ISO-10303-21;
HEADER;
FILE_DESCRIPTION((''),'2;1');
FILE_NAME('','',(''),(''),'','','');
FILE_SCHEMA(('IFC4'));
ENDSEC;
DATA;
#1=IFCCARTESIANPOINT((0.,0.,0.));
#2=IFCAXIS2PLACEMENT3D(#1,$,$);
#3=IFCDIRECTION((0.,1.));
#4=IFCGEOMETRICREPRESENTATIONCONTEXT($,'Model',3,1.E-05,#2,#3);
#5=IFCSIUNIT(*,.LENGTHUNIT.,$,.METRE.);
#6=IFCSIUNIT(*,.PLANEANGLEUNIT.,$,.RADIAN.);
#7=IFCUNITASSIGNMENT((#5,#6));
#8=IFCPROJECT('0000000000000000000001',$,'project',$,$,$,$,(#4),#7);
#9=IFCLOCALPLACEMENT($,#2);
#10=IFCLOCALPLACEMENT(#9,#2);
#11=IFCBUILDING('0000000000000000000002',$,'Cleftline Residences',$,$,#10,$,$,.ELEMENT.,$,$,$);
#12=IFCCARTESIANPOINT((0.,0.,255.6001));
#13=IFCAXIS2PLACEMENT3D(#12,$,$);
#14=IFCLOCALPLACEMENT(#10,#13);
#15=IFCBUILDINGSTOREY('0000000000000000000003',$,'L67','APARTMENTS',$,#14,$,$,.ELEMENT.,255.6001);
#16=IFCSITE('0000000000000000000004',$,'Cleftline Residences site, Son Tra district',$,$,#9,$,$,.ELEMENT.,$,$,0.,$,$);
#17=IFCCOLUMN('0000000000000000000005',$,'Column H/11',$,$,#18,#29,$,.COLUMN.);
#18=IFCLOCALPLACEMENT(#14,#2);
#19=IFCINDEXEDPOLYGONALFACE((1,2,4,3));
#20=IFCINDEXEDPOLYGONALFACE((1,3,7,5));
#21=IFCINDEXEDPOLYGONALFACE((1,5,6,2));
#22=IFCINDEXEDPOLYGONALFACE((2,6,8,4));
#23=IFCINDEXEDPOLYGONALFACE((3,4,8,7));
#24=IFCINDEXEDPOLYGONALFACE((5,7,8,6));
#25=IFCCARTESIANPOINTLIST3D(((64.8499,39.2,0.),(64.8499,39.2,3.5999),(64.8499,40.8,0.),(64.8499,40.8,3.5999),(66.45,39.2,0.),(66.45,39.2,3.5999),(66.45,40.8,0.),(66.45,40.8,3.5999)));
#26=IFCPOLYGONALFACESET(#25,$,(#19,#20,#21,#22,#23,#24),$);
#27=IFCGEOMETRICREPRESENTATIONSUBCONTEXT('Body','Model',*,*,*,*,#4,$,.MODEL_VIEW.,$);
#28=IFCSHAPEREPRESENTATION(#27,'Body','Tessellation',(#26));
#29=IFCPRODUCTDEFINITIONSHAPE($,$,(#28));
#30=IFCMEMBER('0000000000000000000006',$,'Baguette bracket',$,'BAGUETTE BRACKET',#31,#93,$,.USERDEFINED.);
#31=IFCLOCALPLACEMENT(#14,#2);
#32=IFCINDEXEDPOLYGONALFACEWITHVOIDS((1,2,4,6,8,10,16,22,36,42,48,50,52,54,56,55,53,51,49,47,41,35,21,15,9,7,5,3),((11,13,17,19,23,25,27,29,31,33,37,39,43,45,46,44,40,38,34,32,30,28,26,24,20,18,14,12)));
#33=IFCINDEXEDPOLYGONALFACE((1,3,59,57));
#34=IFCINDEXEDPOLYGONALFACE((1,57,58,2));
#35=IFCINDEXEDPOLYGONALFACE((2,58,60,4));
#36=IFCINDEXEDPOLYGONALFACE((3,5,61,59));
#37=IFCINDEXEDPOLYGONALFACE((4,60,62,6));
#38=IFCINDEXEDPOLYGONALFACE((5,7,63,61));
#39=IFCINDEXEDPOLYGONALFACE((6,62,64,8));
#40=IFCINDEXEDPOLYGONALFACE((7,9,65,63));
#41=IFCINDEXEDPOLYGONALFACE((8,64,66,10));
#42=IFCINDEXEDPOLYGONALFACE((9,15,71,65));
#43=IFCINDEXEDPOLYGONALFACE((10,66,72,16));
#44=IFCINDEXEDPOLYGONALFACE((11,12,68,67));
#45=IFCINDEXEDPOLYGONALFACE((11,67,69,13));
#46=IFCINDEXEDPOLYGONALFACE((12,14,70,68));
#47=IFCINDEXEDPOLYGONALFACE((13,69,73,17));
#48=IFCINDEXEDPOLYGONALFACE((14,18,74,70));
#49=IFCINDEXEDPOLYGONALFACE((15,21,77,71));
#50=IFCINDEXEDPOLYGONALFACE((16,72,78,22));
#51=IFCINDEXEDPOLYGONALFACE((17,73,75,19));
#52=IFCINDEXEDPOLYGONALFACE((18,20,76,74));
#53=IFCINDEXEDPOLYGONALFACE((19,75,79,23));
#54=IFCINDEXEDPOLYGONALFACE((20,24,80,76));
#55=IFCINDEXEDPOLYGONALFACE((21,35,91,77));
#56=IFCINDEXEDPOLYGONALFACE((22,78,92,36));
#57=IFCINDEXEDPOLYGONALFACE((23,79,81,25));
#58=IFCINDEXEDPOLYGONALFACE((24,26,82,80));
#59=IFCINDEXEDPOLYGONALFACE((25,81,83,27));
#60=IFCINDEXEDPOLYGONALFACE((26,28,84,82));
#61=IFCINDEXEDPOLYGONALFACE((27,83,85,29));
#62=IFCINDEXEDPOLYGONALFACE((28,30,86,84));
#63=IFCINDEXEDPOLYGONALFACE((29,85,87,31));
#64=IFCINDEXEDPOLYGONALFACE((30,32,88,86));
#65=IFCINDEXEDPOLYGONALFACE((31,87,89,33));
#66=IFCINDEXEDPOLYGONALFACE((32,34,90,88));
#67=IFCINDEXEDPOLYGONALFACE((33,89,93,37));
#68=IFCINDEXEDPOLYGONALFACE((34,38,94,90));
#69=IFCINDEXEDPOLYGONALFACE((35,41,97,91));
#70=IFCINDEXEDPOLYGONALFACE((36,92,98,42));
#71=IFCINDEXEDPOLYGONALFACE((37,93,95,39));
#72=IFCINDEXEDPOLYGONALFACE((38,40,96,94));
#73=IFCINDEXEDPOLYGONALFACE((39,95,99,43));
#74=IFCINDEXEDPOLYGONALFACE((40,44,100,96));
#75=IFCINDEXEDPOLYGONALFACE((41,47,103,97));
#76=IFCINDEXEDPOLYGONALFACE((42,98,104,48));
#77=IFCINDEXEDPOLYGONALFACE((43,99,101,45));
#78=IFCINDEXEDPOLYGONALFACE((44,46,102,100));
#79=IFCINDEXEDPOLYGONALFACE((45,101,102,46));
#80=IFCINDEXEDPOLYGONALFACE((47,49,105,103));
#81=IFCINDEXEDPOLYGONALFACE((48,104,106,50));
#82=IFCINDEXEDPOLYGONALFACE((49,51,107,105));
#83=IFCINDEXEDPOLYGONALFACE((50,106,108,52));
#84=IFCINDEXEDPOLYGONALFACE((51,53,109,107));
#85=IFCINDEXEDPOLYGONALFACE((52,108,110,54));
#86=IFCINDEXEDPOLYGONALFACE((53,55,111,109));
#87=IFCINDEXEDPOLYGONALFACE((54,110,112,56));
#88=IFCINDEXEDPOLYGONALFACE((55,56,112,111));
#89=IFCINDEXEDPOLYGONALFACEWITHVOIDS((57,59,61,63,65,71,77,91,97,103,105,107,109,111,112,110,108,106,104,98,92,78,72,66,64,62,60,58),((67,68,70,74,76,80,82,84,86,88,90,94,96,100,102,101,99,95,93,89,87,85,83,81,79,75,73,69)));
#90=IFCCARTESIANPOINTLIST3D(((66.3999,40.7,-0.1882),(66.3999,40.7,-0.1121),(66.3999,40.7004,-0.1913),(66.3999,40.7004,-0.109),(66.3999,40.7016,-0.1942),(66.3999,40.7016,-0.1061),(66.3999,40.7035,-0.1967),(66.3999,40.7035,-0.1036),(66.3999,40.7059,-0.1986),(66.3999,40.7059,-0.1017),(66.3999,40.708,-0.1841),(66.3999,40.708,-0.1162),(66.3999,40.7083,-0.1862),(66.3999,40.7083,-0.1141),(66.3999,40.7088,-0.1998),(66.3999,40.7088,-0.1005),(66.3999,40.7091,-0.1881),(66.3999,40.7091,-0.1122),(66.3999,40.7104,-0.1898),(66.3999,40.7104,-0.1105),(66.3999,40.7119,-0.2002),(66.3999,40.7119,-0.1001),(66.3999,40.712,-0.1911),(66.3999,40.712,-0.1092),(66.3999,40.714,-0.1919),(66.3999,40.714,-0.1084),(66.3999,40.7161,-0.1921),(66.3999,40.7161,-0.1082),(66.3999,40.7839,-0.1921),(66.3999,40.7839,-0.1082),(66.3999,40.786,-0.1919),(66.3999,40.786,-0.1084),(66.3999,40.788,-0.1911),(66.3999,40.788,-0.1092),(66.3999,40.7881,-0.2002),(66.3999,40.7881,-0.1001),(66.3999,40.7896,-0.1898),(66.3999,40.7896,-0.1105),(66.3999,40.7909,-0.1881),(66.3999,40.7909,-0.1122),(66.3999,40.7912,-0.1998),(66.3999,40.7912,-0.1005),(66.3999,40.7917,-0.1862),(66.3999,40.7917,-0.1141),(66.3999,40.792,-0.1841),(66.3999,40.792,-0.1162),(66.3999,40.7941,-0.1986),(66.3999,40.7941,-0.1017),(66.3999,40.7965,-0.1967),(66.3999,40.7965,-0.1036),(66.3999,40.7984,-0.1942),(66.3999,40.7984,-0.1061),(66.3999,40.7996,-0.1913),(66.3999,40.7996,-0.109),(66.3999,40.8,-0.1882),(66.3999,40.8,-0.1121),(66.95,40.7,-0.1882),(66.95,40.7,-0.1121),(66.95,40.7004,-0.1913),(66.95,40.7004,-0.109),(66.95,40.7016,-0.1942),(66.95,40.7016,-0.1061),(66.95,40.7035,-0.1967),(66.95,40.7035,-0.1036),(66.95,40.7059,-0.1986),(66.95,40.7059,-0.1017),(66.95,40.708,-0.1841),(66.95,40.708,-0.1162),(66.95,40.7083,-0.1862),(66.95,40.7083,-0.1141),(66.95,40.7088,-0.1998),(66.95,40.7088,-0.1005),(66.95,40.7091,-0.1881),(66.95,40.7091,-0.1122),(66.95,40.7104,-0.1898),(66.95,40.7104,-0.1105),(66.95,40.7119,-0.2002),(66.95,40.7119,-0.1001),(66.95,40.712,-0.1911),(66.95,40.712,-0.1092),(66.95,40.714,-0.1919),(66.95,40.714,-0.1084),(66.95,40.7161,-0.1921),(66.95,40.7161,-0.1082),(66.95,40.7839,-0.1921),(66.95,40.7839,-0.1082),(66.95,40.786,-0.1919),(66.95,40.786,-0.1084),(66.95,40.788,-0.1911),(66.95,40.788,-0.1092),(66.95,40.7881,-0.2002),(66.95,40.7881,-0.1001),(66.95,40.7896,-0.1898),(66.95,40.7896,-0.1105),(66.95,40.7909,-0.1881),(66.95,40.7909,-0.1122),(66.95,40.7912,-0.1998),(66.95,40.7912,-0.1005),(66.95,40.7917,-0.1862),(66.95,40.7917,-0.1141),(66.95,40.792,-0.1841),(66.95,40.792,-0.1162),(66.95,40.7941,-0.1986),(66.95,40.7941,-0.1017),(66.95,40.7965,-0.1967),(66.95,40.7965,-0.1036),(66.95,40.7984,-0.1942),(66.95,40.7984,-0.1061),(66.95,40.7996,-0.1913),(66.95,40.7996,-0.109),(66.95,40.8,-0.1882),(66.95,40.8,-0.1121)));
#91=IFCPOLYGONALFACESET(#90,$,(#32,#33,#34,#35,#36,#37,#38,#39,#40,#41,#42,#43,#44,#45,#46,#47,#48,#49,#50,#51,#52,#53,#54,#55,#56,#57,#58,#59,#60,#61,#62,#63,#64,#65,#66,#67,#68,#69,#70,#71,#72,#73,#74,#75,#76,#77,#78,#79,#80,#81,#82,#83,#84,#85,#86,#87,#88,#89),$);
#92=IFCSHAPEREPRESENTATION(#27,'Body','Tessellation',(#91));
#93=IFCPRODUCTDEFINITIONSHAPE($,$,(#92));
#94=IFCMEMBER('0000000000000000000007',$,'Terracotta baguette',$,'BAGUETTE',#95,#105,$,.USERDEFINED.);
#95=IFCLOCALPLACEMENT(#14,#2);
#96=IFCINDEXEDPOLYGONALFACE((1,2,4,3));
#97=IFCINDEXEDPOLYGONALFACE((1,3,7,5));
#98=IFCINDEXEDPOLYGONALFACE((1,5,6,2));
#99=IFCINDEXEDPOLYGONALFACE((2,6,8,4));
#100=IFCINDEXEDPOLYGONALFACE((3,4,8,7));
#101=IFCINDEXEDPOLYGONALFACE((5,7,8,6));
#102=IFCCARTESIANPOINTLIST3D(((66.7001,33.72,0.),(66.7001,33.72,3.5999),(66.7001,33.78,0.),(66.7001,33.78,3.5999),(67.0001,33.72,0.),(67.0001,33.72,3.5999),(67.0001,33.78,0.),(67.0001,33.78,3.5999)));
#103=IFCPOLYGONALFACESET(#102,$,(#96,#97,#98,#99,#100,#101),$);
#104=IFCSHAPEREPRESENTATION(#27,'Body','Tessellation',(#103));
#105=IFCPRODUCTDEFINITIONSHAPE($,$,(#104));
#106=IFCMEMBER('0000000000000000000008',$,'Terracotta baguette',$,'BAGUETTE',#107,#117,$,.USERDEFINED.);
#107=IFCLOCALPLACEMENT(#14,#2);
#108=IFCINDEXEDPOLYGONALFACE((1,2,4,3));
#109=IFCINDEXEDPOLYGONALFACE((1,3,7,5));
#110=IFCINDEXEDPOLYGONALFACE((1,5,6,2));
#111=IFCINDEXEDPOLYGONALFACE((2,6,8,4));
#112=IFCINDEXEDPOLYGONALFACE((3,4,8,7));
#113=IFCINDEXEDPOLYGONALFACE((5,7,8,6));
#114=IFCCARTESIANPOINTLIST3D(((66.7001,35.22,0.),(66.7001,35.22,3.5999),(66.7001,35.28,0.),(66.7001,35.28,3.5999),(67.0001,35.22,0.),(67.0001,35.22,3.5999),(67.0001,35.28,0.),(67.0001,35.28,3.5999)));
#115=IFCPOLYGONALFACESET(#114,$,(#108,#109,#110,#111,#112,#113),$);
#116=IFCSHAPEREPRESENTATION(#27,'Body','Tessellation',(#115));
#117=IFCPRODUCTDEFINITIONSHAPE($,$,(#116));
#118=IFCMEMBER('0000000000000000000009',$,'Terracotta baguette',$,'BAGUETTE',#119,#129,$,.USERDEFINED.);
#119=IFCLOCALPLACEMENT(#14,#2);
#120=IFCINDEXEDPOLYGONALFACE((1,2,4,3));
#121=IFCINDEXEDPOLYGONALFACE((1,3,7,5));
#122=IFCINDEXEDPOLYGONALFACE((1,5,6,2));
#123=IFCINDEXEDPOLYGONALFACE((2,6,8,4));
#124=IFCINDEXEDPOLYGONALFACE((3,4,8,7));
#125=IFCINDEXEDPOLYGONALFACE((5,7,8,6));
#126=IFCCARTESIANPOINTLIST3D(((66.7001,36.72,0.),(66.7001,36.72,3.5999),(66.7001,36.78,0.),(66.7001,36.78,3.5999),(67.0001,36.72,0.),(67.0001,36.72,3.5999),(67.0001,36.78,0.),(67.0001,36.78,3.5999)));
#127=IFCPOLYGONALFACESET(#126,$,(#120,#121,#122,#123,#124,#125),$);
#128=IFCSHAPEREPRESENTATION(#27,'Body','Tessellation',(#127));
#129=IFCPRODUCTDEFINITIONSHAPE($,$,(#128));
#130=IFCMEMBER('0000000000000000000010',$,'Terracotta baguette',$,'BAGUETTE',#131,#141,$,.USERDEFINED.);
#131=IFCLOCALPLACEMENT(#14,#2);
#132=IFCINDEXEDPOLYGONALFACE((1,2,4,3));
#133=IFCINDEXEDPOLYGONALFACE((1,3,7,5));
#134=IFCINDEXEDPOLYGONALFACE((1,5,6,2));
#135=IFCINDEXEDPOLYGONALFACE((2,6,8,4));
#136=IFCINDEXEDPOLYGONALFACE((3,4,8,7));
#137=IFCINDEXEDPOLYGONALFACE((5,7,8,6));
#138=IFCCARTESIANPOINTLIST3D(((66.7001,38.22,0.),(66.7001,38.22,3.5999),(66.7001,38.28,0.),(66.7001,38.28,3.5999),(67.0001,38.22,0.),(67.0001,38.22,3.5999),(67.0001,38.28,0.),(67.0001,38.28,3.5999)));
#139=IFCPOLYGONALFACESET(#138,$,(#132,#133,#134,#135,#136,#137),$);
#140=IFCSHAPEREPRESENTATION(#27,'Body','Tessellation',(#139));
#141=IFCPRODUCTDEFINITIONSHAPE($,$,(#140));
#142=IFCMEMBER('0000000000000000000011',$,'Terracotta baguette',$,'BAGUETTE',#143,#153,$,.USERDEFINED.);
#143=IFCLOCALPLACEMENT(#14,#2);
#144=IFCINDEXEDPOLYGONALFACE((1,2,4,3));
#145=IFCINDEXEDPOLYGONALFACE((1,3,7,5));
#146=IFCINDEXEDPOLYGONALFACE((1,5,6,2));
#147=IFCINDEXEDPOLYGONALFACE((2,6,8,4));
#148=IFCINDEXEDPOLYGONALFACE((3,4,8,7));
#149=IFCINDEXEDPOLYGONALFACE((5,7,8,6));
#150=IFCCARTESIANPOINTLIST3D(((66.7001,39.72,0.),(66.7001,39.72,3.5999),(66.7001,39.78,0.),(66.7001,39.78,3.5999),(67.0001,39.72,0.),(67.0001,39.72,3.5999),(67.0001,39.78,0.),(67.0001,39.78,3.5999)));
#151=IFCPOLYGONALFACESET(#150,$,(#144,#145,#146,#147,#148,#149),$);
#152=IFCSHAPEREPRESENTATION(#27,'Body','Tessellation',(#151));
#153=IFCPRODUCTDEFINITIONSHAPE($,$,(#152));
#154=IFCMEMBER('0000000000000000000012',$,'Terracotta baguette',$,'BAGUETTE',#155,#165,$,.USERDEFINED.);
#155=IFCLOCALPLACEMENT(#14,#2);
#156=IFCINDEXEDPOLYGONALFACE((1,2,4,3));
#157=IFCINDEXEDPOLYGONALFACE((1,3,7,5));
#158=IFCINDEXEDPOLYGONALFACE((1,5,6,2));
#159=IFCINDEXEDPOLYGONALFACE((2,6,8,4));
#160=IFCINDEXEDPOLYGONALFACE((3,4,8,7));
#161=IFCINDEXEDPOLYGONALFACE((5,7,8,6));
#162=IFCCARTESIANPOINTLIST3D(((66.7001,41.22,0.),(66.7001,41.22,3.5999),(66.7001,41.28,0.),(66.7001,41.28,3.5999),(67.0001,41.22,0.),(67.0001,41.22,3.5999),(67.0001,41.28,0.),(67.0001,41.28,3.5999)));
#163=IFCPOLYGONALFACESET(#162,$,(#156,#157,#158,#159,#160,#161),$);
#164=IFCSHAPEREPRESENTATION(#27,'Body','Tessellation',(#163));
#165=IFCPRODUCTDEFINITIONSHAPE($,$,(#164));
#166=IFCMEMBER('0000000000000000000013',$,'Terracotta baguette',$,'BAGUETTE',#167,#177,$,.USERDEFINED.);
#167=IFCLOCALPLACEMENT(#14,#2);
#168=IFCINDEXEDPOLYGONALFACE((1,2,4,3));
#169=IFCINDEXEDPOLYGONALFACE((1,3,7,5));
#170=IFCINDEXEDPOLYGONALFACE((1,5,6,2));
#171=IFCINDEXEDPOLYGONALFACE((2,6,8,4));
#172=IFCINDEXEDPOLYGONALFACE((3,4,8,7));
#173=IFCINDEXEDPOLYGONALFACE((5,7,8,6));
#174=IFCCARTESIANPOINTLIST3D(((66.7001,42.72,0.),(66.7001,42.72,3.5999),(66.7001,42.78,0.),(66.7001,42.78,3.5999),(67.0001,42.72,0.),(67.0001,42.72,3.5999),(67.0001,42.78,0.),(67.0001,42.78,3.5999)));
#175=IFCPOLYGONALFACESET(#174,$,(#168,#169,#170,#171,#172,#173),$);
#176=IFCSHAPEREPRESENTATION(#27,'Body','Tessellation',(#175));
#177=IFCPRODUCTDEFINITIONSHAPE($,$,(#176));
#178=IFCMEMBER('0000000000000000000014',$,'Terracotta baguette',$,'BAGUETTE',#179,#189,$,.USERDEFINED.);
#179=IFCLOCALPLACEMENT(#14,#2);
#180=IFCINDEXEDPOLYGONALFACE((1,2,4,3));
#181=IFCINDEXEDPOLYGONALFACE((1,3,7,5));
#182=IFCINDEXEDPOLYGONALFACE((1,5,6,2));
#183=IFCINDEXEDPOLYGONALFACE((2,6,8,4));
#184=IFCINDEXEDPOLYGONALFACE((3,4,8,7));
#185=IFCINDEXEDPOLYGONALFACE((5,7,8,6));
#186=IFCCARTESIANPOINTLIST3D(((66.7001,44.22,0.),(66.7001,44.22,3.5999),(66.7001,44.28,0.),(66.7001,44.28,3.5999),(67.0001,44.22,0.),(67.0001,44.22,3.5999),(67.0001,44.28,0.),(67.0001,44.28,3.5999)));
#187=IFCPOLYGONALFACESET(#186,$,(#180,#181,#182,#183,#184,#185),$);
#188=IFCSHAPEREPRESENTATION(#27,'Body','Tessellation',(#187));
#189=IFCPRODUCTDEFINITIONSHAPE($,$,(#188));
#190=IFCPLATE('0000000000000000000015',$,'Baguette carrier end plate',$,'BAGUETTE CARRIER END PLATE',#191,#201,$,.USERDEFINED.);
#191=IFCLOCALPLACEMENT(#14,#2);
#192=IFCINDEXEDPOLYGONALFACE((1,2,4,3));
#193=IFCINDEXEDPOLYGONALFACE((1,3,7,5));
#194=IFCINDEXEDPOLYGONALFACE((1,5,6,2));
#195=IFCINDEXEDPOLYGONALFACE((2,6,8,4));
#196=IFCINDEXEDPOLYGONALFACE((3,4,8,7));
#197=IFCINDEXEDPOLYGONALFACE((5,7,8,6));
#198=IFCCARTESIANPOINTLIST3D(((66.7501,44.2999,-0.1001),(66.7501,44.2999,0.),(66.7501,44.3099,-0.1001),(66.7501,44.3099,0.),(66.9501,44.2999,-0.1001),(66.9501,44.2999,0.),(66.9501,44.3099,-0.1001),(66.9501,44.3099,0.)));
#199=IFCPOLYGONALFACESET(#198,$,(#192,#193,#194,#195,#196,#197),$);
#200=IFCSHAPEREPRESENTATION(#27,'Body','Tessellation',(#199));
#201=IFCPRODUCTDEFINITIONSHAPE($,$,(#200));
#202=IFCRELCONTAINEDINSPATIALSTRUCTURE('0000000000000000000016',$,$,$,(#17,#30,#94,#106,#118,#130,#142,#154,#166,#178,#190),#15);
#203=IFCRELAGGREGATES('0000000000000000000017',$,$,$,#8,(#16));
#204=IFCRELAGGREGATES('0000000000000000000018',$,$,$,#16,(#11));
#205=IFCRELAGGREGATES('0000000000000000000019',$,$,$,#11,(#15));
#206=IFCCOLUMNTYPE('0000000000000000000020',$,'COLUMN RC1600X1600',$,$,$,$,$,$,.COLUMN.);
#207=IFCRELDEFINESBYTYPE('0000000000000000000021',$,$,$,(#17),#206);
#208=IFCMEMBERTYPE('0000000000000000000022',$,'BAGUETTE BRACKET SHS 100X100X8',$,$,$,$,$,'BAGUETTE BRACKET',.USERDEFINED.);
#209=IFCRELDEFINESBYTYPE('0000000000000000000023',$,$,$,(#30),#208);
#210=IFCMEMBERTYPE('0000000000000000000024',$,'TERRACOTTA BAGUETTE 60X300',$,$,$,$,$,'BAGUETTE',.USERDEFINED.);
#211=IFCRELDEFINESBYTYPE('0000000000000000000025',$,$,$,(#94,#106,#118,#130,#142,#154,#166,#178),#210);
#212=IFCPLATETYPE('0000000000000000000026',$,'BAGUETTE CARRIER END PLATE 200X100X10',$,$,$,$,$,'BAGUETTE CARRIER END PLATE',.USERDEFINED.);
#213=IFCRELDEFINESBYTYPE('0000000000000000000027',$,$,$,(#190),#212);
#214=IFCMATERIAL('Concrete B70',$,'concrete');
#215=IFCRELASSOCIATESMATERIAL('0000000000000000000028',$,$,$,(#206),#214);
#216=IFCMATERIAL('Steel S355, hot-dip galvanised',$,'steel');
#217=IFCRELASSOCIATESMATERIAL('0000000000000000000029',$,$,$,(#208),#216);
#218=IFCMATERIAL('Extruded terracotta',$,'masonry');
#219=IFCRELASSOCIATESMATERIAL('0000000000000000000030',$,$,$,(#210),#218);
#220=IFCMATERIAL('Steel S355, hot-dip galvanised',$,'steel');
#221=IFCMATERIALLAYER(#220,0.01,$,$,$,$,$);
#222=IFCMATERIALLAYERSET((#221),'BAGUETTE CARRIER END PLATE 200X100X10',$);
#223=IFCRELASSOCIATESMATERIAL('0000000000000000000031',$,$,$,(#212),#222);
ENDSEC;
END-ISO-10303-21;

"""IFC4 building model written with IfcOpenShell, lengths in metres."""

from ifc_helpers import new_model, si_unit, direction, frame, origin, origin_2d, place, context, subcontext, project, spatial, rectangle, hollow_rectangle, extrude, material, layer, layer_set, material_profile, profile_set, type_object, element, save


model = new_model("IFC4")

# Units and contexts
model_context = context("Model", 3, precision=1e-05, world=origin(), true_north=direction((0.0, 1.0)))
body_context = subcontext(model_context, "Body", "Model", "MODEL_VIEW")
ifc_project = project(units=[si_unit("LENGTHUNIT", "METRE"), si_unit("PLANEANGLEUNIT", "RADIAN")], contexts=[model_context])

# Site, building, storey
site_placement = place(None, origin())
site = spatial("IfcSite", under=ifc_project, at=site_placement, Name="Cleftline Residences site, Son Tra district", CompositionType="ELEMENT", RefElevation=0.0)
building_placement = place(site_placement, origin())
building = spatial("IfcBuilding", under=site, at=building_placement, Name="Cleftline Residences", CompositionType="ELEMENT")
storey_placement = place(building_placement, frame((0.0, 0.0, 255.6001)))
storey = spatial("IfcBuildingStorey", under=building, at=storey_placement, Name="L67", Description="APARTMENTS", CompositionType="ELEMENT", Elevation=255.6001)

# Column
ifc_material_1 = material(Name="Concrete B70", Category="concrete")
ifc_material_profile_1 = material_profile(ifc_material_1, rectangle(XDim=1.6001, YDim=1.6001, at=origin_2d()))
ifc_profile_set_1 = profile_set([ifc_material_profile_1], Name="Concrete B70")
column_type = type_object("IfcColumnType", Name="COLUMN RC1600X1600", PredefinedType="COLUMN", material=ifc_profile_set_1)
column_placement = place(storey_placement, frame((65.6499, 40.0, 0.0), z_axis=(0.0, 0.0, 1.0), x_axis=(1.0, 0.0, 0.0)))
element("IfcColumn", 1, at=column_placement, inside=storey, type_object=column_type, Name="Column H/11", PredefinedType="COLUMN", context=body_context, shape_type="SweptSolid", body=[
    extrude(rectangle(XDim=1.6001, YDim=1.6001, at=origin_2d()), origin(), (0.0, 0.0, 1.0), 3.5999),
])

# Members
ifc_material_2 = material(Name="Steel S355, hot-dip galvanised", Category="steel")
ifc_material_profile_2 = material_profile(ifc_material_2, hollow_rectangle(XDim=0.1001, YDim=0.1001, WallThickness=0.0081, InnerFilletRadius=0.0081, OuterFilletRadius=0.012, at=origin_2d()))
ifc_profile_set_2 = profile_set([ifc_material_profile_2], Name="Steel S355, hot-dip galvanised")
member_type_1 = type_object("IfcMemberType", Name="BAGUETTE BRACKET SHS 100X100X8", ElementType="BAGUETTE BRACKET", PredefinedType="USERDEFINED", material=ifc_profile_set_2)
member_placement = place(storey_placement, frame((66.3999, 40.75, -0.1501), z_axis=(1.0, 0.0, 0.0), x_axis=(0.0, 1.0, 0.0)))
element("IfcMember", 2, at=member_placement, inside=storey, type_object=member_type_1, Name="Baguette bracket", ObjectType="BAGUETTE BRACKET", PredefinedType="USERDEFINED", context=body_context, shape_type="SweptSolid", body=[
    extrude(hollow_rectangle(XDim=0.1001, YDim=0.1001, WallThickness=0.0081, InnerFilletRadius=0.0081, OuterFilletRadius=0.012, at=origin_2d()), origin(), (0.0, 0.0, 1.0), 0.55),
])
ifc_material_3 = material(Name="Extruded terracotta", Category="masonry")
ifc_material_profile_3 = material_profile(ifc_material_3, rectangle(XDim=0.0601, YDim=0.3, at=origin_2d()))
ifc_profile_set_3 = profile_set([ifc_material_profile_3], Name="Extruded terracotta")
member_type_2 = type_object("IfcMemberType", Name="TERRACOTTA BAGUETTE 60X300", ElementType="BAGUETTE", PredefinedType="USERDEFINED", material=ifc_profile_set_3)
for number, where, z_axis, x_axis, name in (
    (3, (66.8501, 33.75, 0.0), (0.0, 0.0, 1.0), (0.0, 1.0, 0.0), "Terracotta baguette"),
    (4, (66.8501, 35.25, 0.0), (0.0, 0.0, 1.0), (0.0, 1.0, 0.0), "Terracotta baguette"),
    (5, (66.8501, 36.75, 0.0), (0.0, 0.0, 1.0), (0.0, 1.0, 0.0), "Terracotta baguette"),
    (6, (66.8501, 38.25, 0.0), (0.0, 0.0, 1.0), (0.0, 1.0, 0.0), "Terracotta baguette"),
    (7, (66.8501, 39.75, 0.0), (0.0, 0.0, 1.0), (0.0, 1.0, 0.0), "Terracotta baguette"),
    (8, (66.8501, 41.25, 0.0), (0.0, 0.0, 1.0), (0.0, 1.0, 0.0), "Terracotta baguette"),
    (9, (66.8501, 42.75, 0.0), (0.0, 0.0, 1.0), (0.0, 1.0, 0.0), "Terracotta baguette"),
    (10, (66.8501, 44.25, 0.0), (0.0, 0.0, 1.0), (0.0, 1.0, 0.0), "Terracotta baguette"),
):
    element("IfcMember", number, at=place(storey_placement, frame(where, z_axis=z_axis, x_axis=x_axis)), inside=storey, type_object=member_type_2, Name=name, ObjectType="BAGUETTE", PredefinedType="USERDEFINED", context=body_context, shape_type="SweptSolid", body=[
        extrude(rectangle(XDim=0.0601, YDim=0.3, at=origin_2d()), origin(), (0.0, 0.0, 1.0), 3.5999),
    ])

# Plate
ifc_material_4 = material(Name="Steel S355, hot-dip galvanised", Category="steel")
ifc_layer_1 = layer(ifc_material_4, 0.01)
ifc_layer_set_1 = layer_set([ifc_layer_1], Name="BAGUETTE CARRIER END PLATE 200X100X10")
plate_type = type_object("IfcPlateType", Name="BAGUETTE CARRIER END PLATE 200X100X10", ElementType="BAGUETTE CARRIER END PLATE", PredefinedType="USERDEFINED", material=ifc_layer_set_1)
plate_placement = place(storey_placement, frame((66.8501, 44.3049, -0.1001), z_axis=(0.0, 0.0, 1.0), x_axis=(1.0, 0.0, 0.0)))
element("IfcPlate", 11, at=plate_placement, inside=storey, type_object=plate_type, Name="Baguette carrier end plate", ObjectType="BAGUETTE CARRIER END PLATE", PredefinedType="USERDEFINED", context=body_context, shape_type="SweptSolid", body=[
    extrude(rectangle(XDim=0.2, YDim=0.01, at=origin_2d()), origin(), (0.0, 0.0, 1.0), 0.1001),
])

save(model, "model.ifc")
